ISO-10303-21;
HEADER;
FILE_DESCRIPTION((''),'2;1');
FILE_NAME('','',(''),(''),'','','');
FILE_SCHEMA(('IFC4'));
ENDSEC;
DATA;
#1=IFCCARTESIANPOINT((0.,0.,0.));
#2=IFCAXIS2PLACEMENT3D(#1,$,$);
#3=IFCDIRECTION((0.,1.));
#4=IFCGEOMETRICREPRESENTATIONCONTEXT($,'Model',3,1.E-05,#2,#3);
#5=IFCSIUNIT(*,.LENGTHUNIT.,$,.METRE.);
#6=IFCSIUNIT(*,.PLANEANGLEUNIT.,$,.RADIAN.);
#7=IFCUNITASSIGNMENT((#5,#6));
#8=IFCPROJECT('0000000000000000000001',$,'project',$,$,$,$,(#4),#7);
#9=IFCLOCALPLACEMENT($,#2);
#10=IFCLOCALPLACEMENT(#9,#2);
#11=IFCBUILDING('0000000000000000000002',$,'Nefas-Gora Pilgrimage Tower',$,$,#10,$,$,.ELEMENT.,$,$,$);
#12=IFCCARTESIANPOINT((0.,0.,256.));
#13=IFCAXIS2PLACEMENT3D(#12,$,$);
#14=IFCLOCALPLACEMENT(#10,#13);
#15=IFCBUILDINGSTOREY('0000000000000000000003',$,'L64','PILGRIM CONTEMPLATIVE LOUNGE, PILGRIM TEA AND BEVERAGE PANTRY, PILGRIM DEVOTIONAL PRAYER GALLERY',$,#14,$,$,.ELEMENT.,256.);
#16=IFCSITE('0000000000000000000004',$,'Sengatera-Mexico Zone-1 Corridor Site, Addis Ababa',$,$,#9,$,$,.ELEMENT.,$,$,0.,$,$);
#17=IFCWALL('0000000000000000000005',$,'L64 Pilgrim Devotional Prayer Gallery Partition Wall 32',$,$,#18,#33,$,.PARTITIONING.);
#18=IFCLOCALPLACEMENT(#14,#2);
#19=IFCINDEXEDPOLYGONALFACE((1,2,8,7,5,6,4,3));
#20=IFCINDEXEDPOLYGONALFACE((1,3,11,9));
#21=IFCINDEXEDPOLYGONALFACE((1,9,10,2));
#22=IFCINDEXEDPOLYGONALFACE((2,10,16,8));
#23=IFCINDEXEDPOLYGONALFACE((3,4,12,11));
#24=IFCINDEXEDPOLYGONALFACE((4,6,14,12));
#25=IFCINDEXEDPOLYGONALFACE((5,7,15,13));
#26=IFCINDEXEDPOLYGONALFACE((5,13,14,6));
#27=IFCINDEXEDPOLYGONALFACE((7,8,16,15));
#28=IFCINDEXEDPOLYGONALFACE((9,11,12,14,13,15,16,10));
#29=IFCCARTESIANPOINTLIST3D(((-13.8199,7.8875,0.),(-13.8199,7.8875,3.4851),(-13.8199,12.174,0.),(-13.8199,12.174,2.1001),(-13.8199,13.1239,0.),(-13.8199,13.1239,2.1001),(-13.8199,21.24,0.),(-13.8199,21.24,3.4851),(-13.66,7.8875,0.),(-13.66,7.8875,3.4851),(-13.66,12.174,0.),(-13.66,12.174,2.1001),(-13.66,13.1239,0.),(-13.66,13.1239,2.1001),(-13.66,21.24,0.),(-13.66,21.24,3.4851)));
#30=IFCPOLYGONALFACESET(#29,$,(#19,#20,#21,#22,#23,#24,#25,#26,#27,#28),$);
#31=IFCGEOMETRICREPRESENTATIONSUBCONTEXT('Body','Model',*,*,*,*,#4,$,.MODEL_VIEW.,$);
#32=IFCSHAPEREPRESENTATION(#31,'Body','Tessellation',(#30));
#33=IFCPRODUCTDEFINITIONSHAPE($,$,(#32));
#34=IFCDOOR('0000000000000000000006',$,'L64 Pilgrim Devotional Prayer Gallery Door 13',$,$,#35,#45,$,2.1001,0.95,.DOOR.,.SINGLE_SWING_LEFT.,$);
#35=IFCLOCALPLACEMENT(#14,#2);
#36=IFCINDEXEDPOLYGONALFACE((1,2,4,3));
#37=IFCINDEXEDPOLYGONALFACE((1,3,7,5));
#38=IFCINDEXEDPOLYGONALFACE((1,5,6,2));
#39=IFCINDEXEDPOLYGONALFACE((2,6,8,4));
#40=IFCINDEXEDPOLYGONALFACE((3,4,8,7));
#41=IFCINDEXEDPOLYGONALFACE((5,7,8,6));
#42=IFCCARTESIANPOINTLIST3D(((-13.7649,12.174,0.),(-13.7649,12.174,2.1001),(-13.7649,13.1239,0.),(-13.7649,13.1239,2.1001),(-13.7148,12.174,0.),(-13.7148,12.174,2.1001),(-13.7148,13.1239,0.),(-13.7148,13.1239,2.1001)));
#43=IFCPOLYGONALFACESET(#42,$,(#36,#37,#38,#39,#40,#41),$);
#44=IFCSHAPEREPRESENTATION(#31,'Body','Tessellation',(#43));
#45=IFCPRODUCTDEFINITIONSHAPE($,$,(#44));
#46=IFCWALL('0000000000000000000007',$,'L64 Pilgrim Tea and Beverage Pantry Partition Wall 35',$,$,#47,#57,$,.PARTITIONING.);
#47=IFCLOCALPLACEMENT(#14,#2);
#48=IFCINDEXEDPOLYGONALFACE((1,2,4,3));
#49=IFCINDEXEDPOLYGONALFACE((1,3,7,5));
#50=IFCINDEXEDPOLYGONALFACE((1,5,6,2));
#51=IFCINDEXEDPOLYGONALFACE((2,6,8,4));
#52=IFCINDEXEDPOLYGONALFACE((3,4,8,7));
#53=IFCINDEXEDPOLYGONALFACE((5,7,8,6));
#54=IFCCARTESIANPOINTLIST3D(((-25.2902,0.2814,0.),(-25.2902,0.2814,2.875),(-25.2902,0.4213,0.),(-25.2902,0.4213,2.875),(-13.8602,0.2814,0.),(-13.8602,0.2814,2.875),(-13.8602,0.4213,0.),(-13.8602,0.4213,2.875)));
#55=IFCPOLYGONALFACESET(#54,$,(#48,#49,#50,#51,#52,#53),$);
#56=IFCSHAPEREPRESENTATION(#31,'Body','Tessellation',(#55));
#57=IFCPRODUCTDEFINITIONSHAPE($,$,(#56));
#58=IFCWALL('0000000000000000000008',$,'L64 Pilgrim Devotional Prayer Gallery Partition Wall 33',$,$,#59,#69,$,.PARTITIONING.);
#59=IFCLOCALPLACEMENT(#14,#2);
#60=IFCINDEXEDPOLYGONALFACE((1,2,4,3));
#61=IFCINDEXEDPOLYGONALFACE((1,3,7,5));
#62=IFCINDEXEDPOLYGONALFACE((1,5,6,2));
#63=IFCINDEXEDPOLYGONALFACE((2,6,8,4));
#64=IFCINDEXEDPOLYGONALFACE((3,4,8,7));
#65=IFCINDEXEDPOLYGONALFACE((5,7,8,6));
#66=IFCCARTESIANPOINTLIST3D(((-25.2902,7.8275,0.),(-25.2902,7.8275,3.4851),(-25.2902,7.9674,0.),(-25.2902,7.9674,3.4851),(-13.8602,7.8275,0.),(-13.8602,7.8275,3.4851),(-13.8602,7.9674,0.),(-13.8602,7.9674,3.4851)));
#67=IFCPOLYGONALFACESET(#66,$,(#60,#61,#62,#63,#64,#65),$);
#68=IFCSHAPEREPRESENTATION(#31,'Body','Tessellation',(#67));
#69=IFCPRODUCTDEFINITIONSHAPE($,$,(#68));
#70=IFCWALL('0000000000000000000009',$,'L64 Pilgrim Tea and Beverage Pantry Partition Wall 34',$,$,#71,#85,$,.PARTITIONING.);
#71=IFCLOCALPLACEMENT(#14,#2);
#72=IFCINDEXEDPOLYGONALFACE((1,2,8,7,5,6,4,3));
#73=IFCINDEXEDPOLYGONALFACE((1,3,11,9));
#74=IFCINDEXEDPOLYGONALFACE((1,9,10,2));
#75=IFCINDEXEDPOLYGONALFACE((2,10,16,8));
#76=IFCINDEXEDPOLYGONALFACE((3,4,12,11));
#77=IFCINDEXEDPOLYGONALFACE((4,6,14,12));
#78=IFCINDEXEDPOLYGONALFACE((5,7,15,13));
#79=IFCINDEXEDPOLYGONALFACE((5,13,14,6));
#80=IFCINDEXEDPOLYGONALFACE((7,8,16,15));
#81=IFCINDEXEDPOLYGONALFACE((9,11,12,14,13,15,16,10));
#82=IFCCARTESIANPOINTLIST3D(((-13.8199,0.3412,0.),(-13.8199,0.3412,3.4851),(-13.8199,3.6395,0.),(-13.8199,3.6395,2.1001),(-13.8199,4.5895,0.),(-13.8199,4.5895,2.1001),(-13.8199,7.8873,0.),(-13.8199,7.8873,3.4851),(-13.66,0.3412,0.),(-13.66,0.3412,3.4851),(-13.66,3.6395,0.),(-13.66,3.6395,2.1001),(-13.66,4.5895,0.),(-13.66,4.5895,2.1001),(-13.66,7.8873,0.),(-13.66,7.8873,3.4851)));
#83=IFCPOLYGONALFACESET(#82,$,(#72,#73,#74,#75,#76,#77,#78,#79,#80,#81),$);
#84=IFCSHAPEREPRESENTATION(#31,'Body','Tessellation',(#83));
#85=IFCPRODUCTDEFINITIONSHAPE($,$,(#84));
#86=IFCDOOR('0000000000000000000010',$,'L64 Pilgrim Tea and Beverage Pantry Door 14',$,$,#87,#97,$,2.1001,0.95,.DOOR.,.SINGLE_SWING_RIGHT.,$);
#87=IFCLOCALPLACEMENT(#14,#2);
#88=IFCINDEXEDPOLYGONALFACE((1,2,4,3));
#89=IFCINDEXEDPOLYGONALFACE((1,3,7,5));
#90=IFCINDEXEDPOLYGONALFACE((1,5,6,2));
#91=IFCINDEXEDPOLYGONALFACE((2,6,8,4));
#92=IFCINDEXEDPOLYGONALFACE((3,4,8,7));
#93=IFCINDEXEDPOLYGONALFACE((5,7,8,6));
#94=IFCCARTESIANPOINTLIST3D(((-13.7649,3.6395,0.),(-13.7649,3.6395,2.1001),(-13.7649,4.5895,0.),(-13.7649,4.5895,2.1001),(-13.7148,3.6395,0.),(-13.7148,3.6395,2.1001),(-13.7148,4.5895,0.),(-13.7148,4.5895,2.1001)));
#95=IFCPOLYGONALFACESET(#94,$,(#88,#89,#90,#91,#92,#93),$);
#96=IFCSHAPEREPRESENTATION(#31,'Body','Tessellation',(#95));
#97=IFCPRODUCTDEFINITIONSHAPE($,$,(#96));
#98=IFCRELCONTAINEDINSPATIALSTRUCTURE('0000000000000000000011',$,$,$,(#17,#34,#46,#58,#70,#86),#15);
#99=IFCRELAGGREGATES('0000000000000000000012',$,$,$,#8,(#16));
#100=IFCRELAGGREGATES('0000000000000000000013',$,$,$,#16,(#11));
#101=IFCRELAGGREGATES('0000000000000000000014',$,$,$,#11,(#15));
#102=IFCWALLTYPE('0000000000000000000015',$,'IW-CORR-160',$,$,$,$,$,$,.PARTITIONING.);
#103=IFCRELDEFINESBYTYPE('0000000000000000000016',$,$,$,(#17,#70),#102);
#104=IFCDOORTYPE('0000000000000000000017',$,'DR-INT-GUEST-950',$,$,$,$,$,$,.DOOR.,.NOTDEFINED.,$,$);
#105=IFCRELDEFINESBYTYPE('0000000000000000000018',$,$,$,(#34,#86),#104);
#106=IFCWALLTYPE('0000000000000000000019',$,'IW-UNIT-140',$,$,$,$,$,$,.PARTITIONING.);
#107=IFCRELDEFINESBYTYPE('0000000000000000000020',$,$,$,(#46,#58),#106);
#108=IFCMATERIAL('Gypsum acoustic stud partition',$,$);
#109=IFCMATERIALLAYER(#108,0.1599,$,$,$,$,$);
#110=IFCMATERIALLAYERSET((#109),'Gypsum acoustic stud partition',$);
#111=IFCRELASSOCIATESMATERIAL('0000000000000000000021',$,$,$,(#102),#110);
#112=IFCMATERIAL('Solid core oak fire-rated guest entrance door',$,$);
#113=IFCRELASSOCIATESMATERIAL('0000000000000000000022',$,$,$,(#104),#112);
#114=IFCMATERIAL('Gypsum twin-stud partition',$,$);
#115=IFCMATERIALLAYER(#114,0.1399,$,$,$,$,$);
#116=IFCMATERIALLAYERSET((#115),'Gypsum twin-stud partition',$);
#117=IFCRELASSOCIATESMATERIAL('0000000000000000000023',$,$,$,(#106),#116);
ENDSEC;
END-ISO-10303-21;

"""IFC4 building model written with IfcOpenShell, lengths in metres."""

from ifc_helpers import new_model, si_unit, direction, frame, frame_2d, origin, place, context, subcontext, project, spatial, rectangle, extrude, source, transform, mapped, material, layer, layer_set, type_object, element, fill, save


model = new_model("IFC4")

# Units and contexts
model_context = context("Model", 3, precision=1e-05, world=origin(), true_north=direction((0.0, 1.0)))
body_context = subcontext(model_context, "Body", "Model", "MODEL_VIEW")
ifc_project = project(units=[si_unit("LENGTHUNIT", "METRE"), si_unit("PLANEANGLEUNIT", "RADIAN")], contexts=[model_context])

# Site, building, storey
site_placement = place(None, origin())
site = spatial("IfcSite", under=ifc_project, at=site_placement, Name="Sengatera-Mexico Zone-1 Corridor Site, Addis Ababa", CompositionType="ELEMENT", RefElevation=0.0)
building_placement = place(site_placement, origin())
building = spatial("IfcBuilding", under=site, at=building_placement, Name="Nefas-Gora Pilgrimage Tower", CompositionType="ELEMENT")
storey_placement = place(building_placement, frame((0.0, 0.0, 256.0)))
storey = spatial("IfcBuildingStorey", under=building, at=storey_placement, Name="L64", Description="PILGRIM CONTEMPLATIVE LOUNGE, PILGRIM TEA AND BEVERAGE PANTRY, PILGRIM DEVOTIONAL PRAYER GALLERY", CompositionType="ELEMENT", Elevation=256.0)

# Wall, opening, door
ifc_material_1 = material(Name="Gypsum acoustic stud partition")
ifc_layer_1 = layer(ifc_material_1, 0.1599)
ifc_layer_set_1 = layer_set([ifc_layer_1], Name="Gypsum acoustic stud partition")
wall_type_1 = type_object("IfcWallType", Name="IW-CORR-160", PredefinedType="PARTITIONING", material=ifc_layer_set_1)
shared_shape_1 = source(origin(), body_context, "Body", "SweptSolid", [
    extrude(rectangle(XDim=13.3525, YDim=0.1599, at=frame_2d((6.6763, 0.0))), origin(), (0.0, 0.0, 1.0), 3.4851),
])
wall_1_placement = place(storey_placement, frame((-13.74, 7.8875, 0.0), z_axis=(0.0, 0.0, 1.0), x_axis=(0.0, 1.0, 0.0)))
wall_1 = element("IfcWall", 1, at=wall_1_placement, inside=storey, type_object=wall_type_1, Name="L64 Pilgrim Devotional Prayer Gallery Partition Wall 32", PredefinedType="PARTITIONING", context=body_context, shape_type="MappedRepresentation", body=[
    mapped(shared_shape_1, transform((0.0, 0.0, 0.0), x_axis=(1.0, 0.0, 0.0), y_axis=(0.0, 1.0, 0.0), z_axis=(0.0, 0.0, 1.0), scale=1.0)),
])
opening_1_placement = place(wall_1_placement, frame((4.2864, 0.0, 0.0)))
opening_1 = element("IfcOpeningElement", 2, at=opening_1_placement, cuts=wall_1, PredefinedType="OPENING", context=body_context, shape_type="SweptSolid", body=[
    extrude(rectangle(XDim=0.95, YDim=2.1001, at=frame_2d((0.4751, 1.05))), frame((0.0, 0.0898, 0.0), z_axis=(0.0, -1.0, 0.0), x_axis=(1.0, 0.0, 0.0)), (0.0, 0.0, 1.0), 0.1799),
])
ifc_material_2 = material(Name="Solid core oak fire-rated guest entrance door")
door_type = type_object("IfcDoorType", Name="DR-INT-GUEST-950", OperationType="NOTDEFINED", PredefinedType="DOOR", material=ifc_material_2)
shared_shape_2 = source(origin(), body_context, "Body", "SweptSolid", [
    extrude(rectangle(XDim=0.95, YDim=2.1001, at=frame_2d((0.4751, 1.05))), frame((0.0, 0.0249, 0.0), z_axis=(0.0, -1.0, 0.0), x_axis=(1.0, 0.0, 0.0)), (0.0, 0.0, 1.0), 0.05),
])
door_1_placement = place(opening_1_placement, origin())
door_1 = element("IfcDoor", 3, at=door_1_placement, inside=storey, type_object=door_type, Name="L64 Pilgrim Devotional Prayer Gallery Door 13", OperationType="SINGLE_SWING_LEFT", OverallHeight=2.1001, OverallWidth=0.95, PredefinedType="DOOR", context=body_context, shape_type="MappedRepresentation", body=[
    mapped(shared_shape_2, transform((0.0, 0.0, 0.0), x_axis=(1.0, 0.0, 0.0), y_axis=(0.0, 1.0, 0.0), z_axis=(0.0, 0.0, 1.0), scale=1.0)),
])
fill(opening_1, door_1)

# Walls
ifc_material_3 = material(Name="Gypsum twin-stud partition")
ifc_layer_2 = layer(ifc_material_3, 0.1399)
ifc_layer_set_2 = layer_set([ifc_layer_2], Name="Gypsum twin-stud partition")
wall_type_2 = type_object("IfcWallType", Name="IW-UNIT-140", PredefinedType="PARTITIONING", material=ifc_layer_set_2)
shared_shape_3 = source(origin(), body_context, "Body", "SweptSolid", [
    extrude(rectangle(XDim=11.4299, YDim=0.1399, at=frame_2d((5.7148, 0.0))), origin(), (0.0, 0.0, 1.0), 2.875),
])
wall_2_placement = place(storey_placement, frame((-25.29, 0.3513, 0.0), z_axis=(0.0, 0.0, 1.0), x_axis=(1.0, 0.0, 0.0)))
element("IfcWall", 4, at=wall_2_placement, inside=storey, type_object=wall_type_2, Name="L64 Pilgrim Tea and Beverage Pantry Partition Wall 35", PredefinedType="PARTITIONING", context=body_context, shape_type="MappedRepresentation", body=[
    mapped(shared_shape_3, transform((0.0, 0.0, 0.0), x_axis=(1.0, 0.0, 0.0), y_axis=(0.0, 1.0, 0.0), z_axis=(0.0, 0.0, 1.0), scale=1.0)),
])
shared_shape_4 = source(origin(), body_context, "Body", "SweptSolid", [
    extrude(rectangle(XDim=11.4299, YDim=0.1399, at=frame_2d((5.7148, 0.0))), origin(), (0.0, 0.0, 1.0), 3.4851),
])
wall_3_placement = place(storey_placement, frame((-25.29, 7.8975, 0.0), z_axis=(0.0, 0.0, 1.0), x_axis=(1.0, 0.0, 0.0)))
element("IfcWall", 5, at=wall_3_placement, inside=storey, type_object=wall_type_2, Name="L64 Pilgrim Devotional Prayer Gallery Partition Wall 33", PredefinedType="PARTITIONING", context=body_context, shape_type="MappedRepresentation", body=[
    mapped(shared_shape_4, transform((0.0, 0.0, 0.0), x_axis=(1.0, 0.0, 0.0), y_axis=(0.0, 1.0, 0.0), z_axis=(0.0, 0.0, 1.0), scale=1.0)),
])

# Wall, opening, door
shared_shape_5 = source(origin(), body_context, "Body", "SweptSolid", [
    extrude(rectangle(XDim=7.5461, YDim=0.1599, at=frame_2d((3.7729, 0.0))), origin(), (0.0, 0.0, 1.0), 3.4851),
])
wall_4_placement = place(storey_placement, frame((-13.74, 0.3413, 0.0), z_axis=(0.0, 0.0, 1.0), x_axis=(0.0, 1.0, 0.0)))
wall_4 = element("IfcWall", 6, at=wall_4_placement, inside=storey, type_object=wall_type_1, Name="L64 Pilgrim Tea and Beverage Pantry Partition Wall 34", PredefinedType="PARTITIONING", context=body_context, shape_type="MappedRepresentation", body=[
    mapped(shared_shape_5, transform((0.0, 0.0, 0.0), x_axis=(1.0, 0.0, 0.0), y_axis=(0.0, 1.0, 0.0), z_axis=(0.0, 0.0, 1.0), scale=1.0)),
])
opening_2_placement = place(wall_4_placement, frame((3.2981, 0.0, 0.0)))
opening_2 = element("IfcOpeningElement", 7, at=opening_2_placement, cuts=wall_4, PredefinedType="OPENING", context=body_context, shape_type="SweptSolid", body=[
    extrude(rectangle(XDim=0.95, YDim=2.1001, at=frame_2d((0.4751, 1.05))), frame((0.0, 0.0898, 0.0), z_axis=(0.0, -1.0, 0.0), x_axis=(1.0, 0.0, 0.0)), (0.0, 0.0, 1.0), 0.1799),
])
door_2_placement = place(opening_2_placement, origin())
door_2 = element("IfcDoor", 8, at=door_2_placement, inside=storey, type_object=door_type, Name="L64 Pilgrim Tea and Beverage Pantry Door 14", OperationType="SINGLE_SWING_RIGHT", OverallHeight=2.1001, OverallWidth=0.95, PredefinedType="DOOR", context=body_context, shape_type="MappedRepresentation", body=[
    mapped(shared_shape_2, transform((0.0, 0.0, 0.0), x_axis=(1.0, 0.0, 0.0), y_axis=(0.0, 1.0, 0.0), z_axis=(0.0, 0.0, 1.0), scale=1.0)),
])
fill(opening_2, door_2)

save(model, "model.ifc")
